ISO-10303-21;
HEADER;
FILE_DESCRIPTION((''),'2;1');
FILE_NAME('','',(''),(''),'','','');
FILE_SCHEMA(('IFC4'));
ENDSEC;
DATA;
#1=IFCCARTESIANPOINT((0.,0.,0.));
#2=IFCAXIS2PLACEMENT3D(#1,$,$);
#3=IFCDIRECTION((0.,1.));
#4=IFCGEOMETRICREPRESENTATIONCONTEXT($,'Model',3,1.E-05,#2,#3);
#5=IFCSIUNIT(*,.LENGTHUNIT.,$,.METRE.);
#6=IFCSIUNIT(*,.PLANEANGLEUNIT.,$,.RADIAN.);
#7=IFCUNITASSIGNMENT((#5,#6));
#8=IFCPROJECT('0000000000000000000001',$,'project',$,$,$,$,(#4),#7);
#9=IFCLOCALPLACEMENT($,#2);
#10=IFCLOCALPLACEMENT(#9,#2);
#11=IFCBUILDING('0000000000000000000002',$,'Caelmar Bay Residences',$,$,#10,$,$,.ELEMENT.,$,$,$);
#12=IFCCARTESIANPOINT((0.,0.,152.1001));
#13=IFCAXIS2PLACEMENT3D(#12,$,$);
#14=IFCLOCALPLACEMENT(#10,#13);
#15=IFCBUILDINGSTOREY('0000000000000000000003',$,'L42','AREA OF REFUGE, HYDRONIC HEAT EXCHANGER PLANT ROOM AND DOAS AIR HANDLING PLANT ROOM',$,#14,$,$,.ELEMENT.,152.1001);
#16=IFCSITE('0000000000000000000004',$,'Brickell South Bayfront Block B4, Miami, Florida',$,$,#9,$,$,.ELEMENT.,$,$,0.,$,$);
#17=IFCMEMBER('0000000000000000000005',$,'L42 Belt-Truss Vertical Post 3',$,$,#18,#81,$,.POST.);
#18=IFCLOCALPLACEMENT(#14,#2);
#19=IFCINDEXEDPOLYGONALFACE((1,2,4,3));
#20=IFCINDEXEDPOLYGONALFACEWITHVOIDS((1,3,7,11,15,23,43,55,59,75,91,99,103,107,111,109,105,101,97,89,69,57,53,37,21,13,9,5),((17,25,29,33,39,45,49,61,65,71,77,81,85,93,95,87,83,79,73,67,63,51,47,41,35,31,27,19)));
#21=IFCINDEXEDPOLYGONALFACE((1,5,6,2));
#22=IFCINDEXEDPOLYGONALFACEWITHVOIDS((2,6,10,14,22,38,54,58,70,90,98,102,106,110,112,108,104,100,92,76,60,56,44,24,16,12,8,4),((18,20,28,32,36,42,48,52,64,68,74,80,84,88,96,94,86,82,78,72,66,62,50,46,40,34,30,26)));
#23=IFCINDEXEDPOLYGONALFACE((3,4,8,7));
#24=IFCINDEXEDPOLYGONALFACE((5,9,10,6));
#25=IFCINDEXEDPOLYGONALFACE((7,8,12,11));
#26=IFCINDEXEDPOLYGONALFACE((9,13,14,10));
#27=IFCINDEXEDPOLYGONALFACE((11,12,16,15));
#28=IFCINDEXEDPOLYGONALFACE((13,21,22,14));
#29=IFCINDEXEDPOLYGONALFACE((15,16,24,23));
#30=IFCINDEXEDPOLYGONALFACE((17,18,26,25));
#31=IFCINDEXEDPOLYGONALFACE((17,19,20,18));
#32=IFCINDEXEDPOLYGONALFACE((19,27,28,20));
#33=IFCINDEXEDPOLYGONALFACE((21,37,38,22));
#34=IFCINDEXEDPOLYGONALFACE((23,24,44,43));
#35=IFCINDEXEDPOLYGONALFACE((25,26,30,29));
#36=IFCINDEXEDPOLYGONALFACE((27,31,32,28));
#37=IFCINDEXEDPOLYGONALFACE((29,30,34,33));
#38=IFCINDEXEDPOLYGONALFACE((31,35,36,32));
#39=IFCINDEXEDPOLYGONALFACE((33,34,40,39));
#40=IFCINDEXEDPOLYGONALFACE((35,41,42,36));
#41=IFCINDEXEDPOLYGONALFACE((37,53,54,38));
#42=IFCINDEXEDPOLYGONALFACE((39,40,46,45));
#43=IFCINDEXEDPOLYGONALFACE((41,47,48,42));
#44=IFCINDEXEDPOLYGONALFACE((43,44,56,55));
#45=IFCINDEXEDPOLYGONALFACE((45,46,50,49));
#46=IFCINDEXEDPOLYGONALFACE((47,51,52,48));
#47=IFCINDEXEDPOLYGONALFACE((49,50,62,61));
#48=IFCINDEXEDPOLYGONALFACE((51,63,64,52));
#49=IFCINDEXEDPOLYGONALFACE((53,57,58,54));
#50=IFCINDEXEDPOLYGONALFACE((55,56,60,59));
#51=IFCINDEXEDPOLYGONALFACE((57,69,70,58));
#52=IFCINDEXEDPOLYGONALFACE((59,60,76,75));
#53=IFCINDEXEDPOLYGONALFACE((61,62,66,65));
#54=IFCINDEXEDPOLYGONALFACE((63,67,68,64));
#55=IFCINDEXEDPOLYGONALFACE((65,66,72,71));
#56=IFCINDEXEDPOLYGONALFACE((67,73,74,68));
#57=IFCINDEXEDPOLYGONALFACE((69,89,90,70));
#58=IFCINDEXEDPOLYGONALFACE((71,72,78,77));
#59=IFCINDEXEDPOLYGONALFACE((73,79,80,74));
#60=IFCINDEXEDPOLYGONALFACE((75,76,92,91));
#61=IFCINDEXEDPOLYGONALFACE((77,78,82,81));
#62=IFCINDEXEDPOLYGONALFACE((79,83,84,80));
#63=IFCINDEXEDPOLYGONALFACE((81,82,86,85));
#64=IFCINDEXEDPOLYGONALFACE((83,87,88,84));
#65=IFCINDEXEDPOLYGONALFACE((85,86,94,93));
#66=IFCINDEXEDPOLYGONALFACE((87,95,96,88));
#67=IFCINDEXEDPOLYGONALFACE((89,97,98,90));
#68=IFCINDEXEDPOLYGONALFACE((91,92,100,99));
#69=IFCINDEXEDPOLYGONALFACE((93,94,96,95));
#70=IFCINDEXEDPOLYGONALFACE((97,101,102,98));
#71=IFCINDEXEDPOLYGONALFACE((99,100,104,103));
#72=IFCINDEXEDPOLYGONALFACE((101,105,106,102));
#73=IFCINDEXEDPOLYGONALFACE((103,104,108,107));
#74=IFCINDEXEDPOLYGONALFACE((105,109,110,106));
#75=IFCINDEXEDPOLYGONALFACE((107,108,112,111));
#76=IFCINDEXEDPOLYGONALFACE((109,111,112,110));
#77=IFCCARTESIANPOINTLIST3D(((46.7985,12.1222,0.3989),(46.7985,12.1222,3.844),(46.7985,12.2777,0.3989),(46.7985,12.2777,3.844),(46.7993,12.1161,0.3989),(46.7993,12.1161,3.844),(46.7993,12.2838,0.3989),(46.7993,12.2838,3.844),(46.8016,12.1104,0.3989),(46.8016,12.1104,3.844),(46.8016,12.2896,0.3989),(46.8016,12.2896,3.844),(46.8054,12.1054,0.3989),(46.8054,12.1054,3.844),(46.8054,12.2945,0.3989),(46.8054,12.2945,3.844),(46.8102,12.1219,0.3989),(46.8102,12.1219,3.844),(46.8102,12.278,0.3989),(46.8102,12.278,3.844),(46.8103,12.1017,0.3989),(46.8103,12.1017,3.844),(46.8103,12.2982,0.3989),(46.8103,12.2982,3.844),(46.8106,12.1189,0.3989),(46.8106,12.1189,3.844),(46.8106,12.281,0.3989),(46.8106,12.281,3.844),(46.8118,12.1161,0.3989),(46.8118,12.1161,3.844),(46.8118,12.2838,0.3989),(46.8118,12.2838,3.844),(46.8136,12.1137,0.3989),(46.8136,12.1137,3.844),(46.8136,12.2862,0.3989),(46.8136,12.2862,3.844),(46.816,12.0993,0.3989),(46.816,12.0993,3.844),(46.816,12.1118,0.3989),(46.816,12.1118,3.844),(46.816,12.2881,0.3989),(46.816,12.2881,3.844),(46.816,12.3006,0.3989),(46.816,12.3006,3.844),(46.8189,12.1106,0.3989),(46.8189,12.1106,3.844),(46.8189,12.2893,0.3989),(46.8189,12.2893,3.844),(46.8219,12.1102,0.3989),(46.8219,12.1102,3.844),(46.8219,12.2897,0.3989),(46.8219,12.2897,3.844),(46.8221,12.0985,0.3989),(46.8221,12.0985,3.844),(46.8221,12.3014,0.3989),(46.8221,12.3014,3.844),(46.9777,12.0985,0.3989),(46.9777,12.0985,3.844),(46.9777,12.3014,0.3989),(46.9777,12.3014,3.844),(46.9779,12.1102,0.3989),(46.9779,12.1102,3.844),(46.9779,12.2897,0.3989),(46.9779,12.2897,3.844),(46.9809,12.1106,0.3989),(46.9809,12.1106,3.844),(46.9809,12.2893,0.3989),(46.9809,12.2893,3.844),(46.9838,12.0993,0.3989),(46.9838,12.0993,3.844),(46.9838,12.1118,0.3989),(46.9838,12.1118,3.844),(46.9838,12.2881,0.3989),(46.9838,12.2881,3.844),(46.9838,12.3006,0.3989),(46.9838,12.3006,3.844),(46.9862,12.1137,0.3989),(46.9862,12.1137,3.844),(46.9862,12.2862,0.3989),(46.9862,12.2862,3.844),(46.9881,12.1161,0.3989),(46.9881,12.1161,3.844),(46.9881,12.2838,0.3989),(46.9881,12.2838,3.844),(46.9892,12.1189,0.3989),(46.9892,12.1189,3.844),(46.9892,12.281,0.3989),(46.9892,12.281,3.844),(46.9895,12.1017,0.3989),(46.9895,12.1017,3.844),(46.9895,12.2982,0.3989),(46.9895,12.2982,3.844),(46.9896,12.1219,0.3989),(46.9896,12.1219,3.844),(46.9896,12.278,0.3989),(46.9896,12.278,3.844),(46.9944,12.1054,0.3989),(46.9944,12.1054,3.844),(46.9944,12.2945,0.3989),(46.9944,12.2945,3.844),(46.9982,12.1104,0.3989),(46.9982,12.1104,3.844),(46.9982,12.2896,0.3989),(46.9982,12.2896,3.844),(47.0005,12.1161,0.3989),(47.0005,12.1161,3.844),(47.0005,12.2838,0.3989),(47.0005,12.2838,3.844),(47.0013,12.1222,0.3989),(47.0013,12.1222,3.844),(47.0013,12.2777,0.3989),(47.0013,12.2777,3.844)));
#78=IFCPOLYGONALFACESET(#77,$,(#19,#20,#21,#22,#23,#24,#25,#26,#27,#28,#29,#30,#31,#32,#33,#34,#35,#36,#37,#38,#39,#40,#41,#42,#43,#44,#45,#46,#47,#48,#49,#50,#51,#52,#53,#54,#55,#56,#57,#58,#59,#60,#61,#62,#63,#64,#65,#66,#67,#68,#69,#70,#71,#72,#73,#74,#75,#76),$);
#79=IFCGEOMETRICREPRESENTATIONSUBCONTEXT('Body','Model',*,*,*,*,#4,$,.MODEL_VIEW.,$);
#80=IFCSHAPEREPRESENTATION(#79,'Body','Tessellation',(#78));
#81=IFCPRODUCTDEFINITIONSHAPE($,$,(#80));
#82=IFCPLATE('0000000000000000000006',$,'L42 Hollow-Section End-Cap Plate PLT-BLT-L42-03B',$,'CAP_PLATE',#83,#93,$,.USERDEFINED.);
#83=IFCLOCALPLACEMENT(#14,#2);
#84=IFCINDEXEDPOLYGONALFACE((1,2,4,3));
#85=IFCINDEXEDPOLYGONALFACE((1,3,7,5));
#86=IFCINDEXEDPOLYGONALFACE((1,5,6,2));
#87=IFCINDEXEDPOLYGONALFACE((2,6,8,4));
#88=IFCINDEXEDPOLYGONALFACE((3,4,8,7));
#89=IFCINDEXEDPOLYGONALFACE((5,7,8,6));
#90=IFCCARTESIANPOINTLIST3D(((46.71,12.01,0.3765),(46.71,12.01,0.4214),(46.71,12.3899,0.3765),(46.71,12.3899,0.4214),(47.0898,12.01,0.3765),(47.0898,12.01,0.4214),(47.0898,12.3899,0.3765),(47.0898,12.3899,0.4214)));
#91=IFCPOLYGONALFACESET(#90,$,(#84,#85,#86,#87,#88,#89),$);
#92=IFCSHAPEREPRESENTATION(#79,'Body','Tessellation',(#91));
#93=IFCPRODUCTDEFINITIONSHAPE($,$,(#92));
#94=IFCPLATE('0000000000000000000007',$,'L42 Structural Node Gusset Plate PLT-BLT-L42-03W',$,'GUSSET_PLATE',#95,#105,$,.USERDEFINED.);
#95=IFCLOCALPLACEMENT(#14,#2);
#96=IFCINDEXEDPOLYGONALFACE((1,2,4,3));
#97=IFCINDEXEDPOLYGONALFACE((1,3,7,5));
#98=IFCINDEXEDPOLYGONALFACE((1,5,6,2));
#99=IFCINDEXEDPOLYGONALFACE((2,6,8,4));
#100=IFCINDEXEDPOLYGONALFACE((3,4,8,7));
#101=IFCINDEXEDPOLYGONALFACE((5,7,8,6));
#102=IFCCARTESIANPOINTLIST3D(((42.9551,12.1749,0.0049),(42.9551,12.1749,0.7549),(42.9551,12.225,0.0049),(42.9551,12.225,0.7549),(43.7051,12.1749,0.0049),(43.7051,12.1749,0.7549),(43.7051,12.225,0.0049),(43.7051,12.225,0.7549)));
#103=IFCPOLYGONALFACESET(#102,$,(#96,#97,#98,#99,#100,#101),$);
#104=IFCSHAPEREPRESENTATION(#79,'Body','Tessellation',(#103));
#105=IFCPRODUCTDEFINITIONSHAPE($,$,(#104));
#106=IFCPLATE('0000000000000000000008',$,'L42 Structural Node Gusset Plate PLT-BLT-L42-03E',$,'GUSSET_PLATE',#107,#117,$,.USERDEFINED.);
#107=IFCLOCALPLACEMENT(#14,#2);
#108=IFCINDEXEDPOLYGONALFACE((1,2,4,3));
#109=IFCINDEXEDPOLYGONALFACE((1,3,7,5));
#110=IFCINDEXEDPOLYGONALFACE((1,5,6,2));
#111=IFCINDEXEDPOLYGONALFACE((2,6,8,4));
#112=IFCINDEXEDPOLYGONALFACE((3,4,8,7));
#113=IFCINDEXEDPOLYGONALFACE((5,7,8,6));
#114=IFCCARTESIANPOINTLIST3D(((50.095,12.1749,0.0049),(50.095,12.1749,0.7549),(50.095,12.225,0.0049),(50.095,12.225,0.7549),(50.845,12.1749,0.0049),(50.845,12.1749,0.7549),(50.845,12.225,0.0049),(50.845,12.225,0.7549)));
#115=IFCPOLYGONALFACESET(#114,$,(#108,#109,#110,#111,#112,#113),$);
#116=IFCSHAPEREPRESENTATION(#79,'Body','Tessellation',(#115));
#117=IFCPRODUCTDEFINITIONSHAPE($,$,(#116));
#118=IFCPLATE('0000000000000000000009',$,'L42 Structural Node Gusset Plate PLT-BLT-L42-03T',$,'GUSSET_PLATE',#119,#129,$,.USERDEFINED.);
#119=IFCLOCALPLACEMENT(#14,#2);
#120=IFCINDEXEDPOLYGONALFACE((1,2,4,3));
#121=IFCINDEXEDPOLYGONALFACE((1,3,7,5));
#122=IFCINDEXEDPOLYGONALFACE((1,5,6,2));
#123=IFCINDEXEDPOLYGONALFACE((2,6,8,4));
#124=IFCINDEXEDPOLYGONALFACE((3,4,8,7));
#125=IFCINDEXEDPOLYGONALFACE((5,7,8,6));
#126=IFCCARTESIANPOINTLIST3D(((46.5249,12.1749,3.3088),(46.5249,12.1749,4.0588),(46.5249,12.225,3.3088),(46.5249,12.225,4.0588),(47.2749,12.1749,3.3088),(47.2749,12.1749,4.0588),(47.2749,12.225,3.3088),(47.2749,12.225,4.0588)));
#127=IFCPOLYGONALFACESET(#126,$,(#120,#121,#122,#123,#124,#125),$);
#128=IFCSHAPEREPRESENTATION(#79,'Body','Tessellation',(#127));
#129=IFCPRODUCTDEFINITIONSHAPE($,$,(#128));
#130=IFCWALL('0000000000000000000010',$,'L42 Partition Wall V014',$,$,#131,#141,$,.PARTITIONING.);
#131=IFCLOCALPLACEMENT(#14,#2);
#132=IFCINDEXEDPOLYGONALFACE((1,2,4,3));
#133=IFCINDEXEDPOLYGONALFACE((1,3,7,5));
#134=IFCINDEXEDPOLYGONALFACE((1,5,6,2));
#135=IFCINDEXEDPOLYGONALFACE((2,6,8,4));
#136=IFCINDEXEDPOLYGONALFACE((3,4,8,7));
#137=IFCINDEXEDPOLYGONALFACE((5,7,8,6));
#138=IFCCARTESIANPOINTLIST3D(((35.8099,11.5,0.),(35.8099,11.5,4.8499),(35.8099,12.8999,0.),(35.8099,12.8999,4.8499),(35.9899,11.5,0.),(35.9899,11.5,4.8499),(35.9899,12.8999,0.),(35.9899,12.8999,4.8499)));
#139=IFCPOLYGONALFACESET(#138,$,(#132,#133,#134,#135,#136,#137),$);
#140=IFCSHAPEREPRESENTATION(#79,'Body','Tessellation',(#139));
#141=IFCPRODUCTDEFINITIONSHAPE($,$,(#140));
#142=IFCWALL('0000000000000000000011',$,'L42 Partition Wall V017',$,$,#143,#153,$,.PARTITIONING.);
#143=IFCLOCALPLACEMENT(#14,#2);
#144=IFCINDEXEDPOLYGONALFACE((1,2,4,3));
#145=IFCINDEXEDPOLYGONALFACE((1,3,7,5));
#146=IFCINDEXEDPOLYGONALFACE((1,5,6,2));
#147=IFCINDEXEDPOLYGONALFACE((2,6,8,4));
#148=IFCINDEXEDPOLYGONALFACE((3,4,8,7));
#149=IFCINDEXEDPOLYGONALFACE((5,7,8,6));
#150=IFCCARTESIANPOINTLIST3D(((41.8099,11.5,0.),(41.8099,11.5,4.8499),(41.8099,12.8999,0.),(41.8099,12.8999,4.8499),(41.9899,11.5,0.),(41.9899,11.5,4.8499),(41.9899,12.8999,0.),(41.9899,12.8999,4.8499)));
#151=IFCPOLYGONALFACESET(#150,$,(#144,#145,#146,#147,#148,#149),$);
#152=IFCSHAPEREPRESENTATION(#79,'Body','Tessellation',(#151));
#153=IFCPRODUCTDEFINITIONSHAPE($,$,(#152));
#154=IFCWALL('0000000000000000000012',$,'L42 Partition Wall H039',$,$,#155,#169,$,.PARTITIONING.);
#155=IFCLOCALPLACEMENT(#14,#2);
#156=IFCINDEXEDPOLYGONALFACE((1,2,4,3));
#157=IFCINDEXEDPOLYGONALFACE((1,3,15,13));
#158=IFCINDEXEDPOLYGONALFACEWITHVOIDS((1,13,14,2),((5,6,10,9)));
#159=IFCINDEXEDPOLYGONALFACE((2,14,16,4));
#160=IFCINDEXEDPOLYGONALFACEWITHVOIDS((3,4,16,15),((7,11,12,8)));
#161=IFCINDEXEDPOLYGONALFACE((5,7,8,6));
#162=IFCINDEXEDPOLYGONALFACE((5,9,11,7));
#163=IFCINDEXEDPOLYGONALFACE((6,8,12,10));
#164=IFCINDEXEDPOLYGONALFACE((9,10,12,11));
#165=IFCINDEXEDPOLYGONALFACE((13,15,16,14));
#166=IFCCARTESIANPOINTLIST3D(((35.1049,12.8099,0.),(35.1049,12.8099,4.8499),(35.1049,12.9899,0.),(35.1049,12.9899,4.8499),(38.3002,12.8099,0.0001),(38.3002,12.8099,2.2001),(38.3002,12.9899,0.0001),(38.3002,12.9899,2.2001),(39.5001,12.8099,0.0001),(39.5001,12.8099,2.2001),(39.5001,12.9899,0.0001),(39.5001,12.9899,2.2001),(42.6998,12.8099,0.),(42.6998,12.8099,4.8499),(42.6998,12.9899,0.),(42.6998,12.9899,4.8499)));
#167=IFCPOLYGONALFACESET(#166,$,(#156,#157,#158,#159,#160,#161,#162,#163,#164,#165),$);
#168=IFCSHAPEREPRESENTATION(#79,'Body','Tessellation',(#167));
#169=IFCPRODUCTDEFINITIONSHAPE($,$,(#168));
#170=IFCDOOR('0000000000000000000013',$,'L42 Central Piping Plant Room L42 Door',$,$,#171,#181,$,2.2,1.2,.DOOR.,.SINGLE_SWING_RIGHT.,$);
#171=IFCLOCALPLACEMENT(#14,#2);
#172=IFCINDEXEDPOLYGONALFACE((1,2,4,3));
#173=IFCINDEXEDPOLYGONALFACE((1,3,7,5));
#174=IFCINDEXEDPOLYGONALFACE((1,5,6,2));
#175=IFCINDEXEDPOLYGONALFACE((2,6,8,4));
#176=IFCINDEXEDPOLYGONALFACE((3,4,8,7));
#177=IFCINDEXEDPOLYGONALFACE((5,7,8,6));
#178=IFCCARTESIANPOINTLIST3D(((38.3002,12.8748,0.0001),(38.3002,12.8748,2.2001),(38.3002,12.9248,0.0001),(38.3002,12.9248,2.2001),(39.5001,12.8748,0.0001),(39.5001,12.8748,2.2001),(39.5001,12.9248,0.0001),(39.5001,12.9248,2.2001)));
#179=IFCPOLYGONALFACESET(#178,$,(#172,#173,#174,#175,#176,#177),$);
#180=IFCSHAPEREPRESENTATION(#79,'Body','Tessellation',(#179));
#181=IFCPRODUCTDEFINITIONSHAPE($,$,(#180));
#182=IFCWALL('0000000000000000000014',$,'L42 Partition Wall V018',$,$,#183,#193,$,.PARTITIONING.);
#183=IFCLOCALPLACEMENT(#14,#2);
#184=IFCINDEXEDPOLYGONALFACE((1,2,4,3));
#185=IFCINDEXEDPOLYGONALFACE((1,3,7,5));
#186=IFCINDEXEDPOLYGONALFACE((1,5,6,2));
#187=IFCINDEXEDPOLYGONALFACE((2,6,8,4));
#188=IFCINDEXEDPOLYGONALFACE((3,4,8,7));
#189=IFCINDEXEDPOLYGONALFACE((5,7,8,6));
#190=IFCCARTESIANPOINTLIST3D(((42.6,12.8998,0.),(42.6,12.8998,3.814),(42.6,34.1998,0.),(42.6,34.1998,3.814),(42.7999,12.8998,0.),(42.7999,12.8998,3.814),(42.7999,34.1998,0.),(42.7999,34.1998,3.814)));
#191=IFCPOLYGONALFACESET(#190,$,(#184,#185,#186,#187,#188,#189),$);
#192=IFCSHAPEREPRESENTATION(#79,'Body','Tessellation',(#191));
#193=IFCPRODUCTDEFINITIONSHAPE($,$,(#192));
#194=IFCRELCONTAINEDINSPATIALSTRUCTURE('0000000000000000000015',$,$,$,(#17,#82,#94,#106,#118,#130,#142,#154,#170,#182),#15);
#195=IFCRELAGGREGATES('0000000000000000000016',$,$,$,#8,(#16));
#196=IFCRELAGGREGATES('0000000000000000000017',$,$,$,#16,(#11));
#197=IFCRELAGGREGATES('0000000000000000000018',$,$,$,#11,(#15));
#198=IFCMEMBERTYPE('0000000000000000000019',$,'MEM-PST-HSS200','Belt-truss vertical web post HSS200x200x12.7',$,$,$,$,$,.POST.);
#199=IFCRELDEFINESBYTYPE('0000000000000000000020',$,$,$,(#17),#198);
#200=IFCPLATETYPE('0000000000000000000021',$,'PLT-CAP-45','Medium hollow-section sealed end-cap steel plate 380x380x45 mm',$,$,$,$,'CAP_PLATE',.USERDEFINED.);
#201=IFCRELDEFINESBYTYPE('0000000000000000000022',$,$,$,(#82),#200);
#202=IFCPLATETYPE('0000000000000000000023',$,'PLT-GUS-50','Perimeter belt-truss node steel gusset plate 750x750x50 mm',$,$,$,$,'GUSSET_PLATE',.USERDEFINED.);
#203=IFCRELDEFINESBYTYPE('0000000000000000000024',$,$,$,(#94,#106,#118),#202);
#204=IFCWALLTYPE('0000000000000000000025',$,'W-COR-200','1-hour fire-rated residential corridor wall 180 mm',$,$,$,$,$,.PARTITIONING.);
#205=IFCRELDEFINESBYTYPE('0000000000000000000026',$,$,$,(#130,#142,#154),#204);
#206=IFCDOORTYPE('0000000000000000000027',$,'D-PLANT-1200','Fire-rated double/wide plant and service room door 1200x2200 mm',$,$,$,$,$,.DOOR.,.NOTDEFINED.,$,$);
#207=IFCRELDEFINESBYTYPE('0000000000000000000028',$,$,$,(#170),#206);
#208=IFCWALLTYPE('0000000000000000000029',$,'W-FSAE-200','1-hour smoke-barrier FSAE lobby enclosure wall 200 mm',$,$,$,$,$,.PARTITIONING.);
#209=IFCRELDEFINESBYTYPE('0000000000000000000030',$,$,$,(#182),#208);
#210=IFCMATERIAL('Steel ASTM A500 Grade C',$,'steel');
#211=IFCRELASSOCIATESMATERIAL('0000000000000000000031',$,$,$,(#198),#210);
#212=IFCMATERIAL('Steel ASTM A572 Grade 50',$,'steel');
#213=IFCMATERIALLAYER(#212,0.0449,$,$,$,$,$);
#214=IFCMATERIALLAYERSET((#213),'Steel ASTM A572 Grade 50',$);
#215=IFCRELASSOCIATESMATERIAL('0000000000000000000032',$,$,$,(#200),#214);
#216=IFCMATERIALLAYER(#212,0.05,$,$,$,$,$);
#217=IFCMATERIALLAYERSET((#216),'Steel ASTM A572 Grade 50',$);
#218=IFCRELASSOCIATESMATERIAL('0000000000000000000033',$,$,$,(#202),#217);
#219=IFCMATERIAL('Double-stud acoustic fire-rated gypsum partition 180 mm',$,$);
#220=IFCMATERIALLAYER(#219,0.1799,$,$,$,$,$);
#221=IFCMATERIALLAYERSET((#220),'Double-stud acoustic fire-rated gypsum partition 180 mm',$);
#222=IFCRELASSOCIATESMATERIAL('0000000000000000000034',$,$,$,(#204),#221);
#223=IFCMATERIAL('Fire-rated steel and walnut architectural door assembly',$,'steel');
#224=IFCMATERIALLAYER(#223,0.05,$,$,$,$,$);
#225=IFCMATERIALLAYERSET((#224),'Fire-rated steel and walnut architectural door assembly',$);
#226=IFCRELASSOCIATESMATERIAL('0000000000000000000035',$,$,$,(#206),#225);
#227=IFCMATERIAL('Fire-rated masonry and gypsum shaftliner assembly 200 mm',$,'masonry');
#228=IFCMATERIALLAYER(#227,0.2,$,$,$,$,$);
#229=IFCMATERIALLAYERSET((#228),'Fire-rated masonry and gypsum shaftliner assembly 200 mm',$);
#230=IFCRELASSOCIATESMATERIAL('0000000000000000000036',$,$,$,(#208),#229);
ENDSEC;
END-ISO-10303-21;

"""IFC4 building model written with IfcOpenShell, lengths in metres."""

from ifc_helpers import new_model, si_unit, direction, frame, frame_2d, origin, origin_2d, place, context, subcontext, project, spatial, rectangle, hollow_rectangle, extrude, material, layer, layer_set, material_profile, profile_set, type_object, element, fill, save


model = new_model("IFC4")

# Units and contexts
model_context = context("Model", 3, precision=1e-05, world=origin(), true_north=direction((0.0, 1.0)))
body_context = subcontext(model_context, "Body", "Model", "MODEL_VIEW")
ifc_project = project(units=[si_unit("LENGTHUNIT", "METRE"), si_unit("PLANEANGLEUNIT", "RADIAN")], contexts=[model_context])

# Site, building, storey
site_placement = place(None, origin())
site = spatial("IfcSite", under=ifc_project, at=site_placement, Name="Brickell South Bayfront Block B4, Miami, Florida", CompositionType="ELEMENT", RefElevation=0.0)
building_placement = place(site_placement, origin())
building = spatial("IfcBuilding", under=site, at=building_placement, Name="Caelmar Bay Residences", CompositionType="ELEMENT")
storey_placement = place(building_placement, frame((0.0, 0.0, 152.1001)))
storey = spatial("IfcBuildingStorey", under=building, at=storey_placement, Name="L42", Description="AREA OF REFUGE, HYDRONIC HEAT EXCHANGER PLANT ROOM AND DOAS AIR HANDLING PLANT ROOM", CompositionType="ELEMENT", Elevation=152.1001)

# Member
ifc_material_1 = material(Name="Steel ASTM A500 Grade C", Category="steel")
ifc_material_profile_1 = material_profile(ifc_material_1, hollow_rectangle(XDim=0.2029, YDim=0.2029, WallThickness=0.0117, InnerFilletRadius=0.0117, OuterFilletRadius=0.0237, at=origin_2d()), Name="HSS200X200X12.7")
ifc_profile_set_1 = profile_set([ifc_material_profile_1], Name="Steel ASTM A500 Grade C")
member_type_1 = type_object("IfcMemberType", Name="MEM-PST-HSS200", Description="Belt-truss vertical web post HSS200x200x12.7", PredefinedType="POST", material=ifc_profile_set_1)
member_placement = place(storey_placement, frame((46.8999, 12.2, 0.3989), z_axis=(0.0, 0.0, 1.0), x_axis=(1.0, 0.0, 0.0)))
element("IfcMember", 1, at=member_placement, inside=storey, type_object=member_type_1, Name="L42 Belt-Truss Vertical Post 3", PredefinedType="POST", context=body_context, shape_type="SweptSolid", body=[
    extrude(hollow_rectangle(XDim=0.2029, YDim=0.2029, WallThickness=0.0117, InnerFilletRadius=0.0117, OuterFilletRadius=0.0237, at=origin_2d()), origin(), (0.0, 0.0, 1.0), 3.4451),
])

# Plates
ifc_material_2 = material(Name="Steel ASTM A572 Grade 50", Category="steel")
ifc_layer_1 = layer(ifc_material_2, 0.0449)
ifc_layer_set_1 = layer_set([ifc_layer_1], Name="Steel ASTM A572 Grade 50")
plate_type_1 = type_object("IfcPlateType", Name="PLT-CAP-45", Description="Medium hollow-section sealed end-cap steel plate 380x380x45 mm", ElementType="CAP_PLATE", PredefinedType="USERDEFINED", material=ifc_layer_set_1)
plate_placement = place(storey_placement, frame((46.8999, 12.2, 0.3765), z_axis=(0.0, 0.0, 1.0), x_axis=(1.0, 0.0, 0.0)))
element("IfcPlate", 2, at=plate_placement, inside=storey, type_object=plate_type_1, Name="L42 Hollow-Section End-Cap Plate PLT-BLT-L42-03B", ObjectType="CAP_PLATE", PredefinedType="USERDEFINED", context=body_context, shape_type="SweptSolid", body=[
    extrude(rectangle(XDim=0.3799, YDim=0.3799, at=origin_2d()), origin(), (0.0, 0.0, 1.0), 0.0449),
])
ifc_layer_2 = layer(ifc_material_2, 0.05)
ifc_layer_set_2 = layer_set([ifc_layer_2], Name="Steel ASTM A572 Grade 50")
plate_type_2 = type_object("IfcPlateType", Name="PLT-GUS-50", Description="Perimeter belt-truss node steel gusset plate 750x750x50 mm", ElementType="GUSSET_PLATE", PredefinedType="USERDEFINED", material=ifc_layer_set_2)
for number, where, z_axis, x_axis, name in (
    (3, (43.3301, 12.2, 0.0049), (0.0, 0.0, 1.0), (1.0, 0.0, 0.0), "L42 Structural Node Gusset Plate PLT-BLT-L42-03W"),
    (4, (50.47, 12.2, 0.0049), (0.0, 0.0, 1.0), (1.0, 0.0, 0.0), "L42 Structural Node Gusset Plate PLT-BLT-L42-03E"),
    (5, (46.8999, 12.2, 3.3088), (0.0, 0.0, 1.0), (1.0, 0.0, 0.0), "L42 Structural Node Gusset Plate PLT-BLT-L42-03T"),
):
    element("IfcPlate", number, at=place(storey_placement, frame(where, z_axis=z_axis, x_axis=x_axis)), inside=storey, type_object=plate_type_2, Name=name, ObjectType="GUSSET_PLATE", PredefinedType="USERDEFINED", context=body_context, shape_type="SweptSolid", body=[
        extrude(rectangle(XDim=0.75, YDim=0.05, at=origin_2d()), origin(), (0.0, 0.0, 1.0), 0.75),
    ])

# Walls
ifc_material_3 = material(Name="Double-stud acoustic fire-rated gypsum partition 180 mm")
ifc_layer_3 = layer(ifc_material_3, 0.1799)
ifc_layer_set_3 = layer_set([ifc_layer_3], Name="Double-stud acoustic fire-rated gypsum partition 180 mm")
wall_type_1 = type_object("IfcWallType", Name="W-COR-200", Description="1-hour fire-rated residential corridor wall 180 mm", PredefinedType="PARTITIONING", material=ifc_layer_set_3)
for number, where, z_axis, x_axis, name in (
    (6, (35.8999, 11.5, 0.0), (0.0, 0.0, 1.0), (0.0, 1.0, 0.0), "L42 Partition Wall V014"),
    (7, (41.8999, 11.5, 0.0), (0.0, 0.0, 1.0), (0.0, 1.0, 0.0), "L42 Partition Wall V017"),
):
    element("IfcWall", number, at=place(storey_placement, frame(where, z_axis=z_axis, x_axis=x_axis)), inside=storey, type_object=wall_type_1, Name=name, PredefinedType="PARTITIONING", context=body_context, shape_type="SweptSolid", body=[
        extrude(rectangle(XDim=1.3999, YDim=0.1799, at=frame_2d((0.7, 0.0))), origin(), (0.0, 0.0, 1.0), 4.8499),
    ])

# Wall, opening, door
wall_1_placement = place(storey_placement, frame((35.105, 12.8999, 0.0), z_axis=(0.0, 0.0, 1.0), x_axis=(1.0, 0.0, 0.0)))
wall_1 = element("IfcWall", 8, at=wall_1_placement, inside=storey, type_object=wall_type_1, Name="L42 Partition Wall H039", PredefinedType="PARTITIONING", context=body_context, shape_type="SweptSolid", body=[
    extrude(rectangle(XDim=7.595, YDim=0.1799, at=frame_2d((3.7974, 0.0))), origin(), (0.0, 0.0, 1.0), 4.8499),
])
opening_placement = place(wall_1_placement, frame((3.1951, 0.0, 0.0)))
opening = element("IfcOpeningElement", 9, at=opening_placement, cuts=wall_1, PredefinedType="OPENING", context=body_context, shape_type="SweptSolid", body=[
    extrude(rectangle(XDim=1.2, YDim=2.2, at=frame_2d((0.6001, 1.1001))), frame((0.0, 0.0999, 0.0), z_axis=(0.0, -1.0, 0.0), x_axis=(1.0, 0.0, 0.0)), (0.0, 0.0, 1.0), 0.2),
])
ifc_material_4 = material(Name="Fire-rated steel and walnut architectural door assembly", Category="steel")
ifc_layer_4 = layer(ifc_material_4, 0.05)
ifc_layer_set_4 = layer_set([ifc_layer_4], Name="Fire-rated steel and walnut architectural door assembly")
door_type = type_object("IfcDoorType", Name="D-PLANT-1200", Description="Fire-rated double/wide plant and service room door 1200x2200 mm", OperationType="NOTDEFINED", PredefinedType="DOOR", material=ifc_layer_set_4)
door_placement = place(opening_placement, origin())
door = element("IfcDoor", 10, at=door_placement, inside=storey, type_object=door_type, Name="L42 Central Piping Plant Room L42 Door", OperationType="SINGLE_SWING_RIGHT", OverallHeight=2.2, OverallWidth=1.2, PredefinedType="DOOR", context=body_context, shape_type="SweptSolid", body=[
    extrude(rectangle(XDim=1.2, YDim=2.2, at=frame_2d((0.6001, 1.1001))), frame((0.0, 0.0249, 0.0), z_axis=(0.0, -1.0, 0.0), x_axis=(1.0, 0.0, 0.0)), (0.0, 0.0, 1.0), 0.05),
])
fill(opening, door)

# Wall
ifc_material_5 = material(Name="Fire-rated masonry and gypsum shaftliner assembly 200 mm", Category="masonry")
ifc_layer_5 = layer(ifc_material_5, 0.2)
ifc_layer_set_5 = layer_set([ifc_layer_5], Name="Fire-rated masonry and gypsum shaftliner assembly 200 mm")
wall_type_2 = type_object("IfcWallType", Name="W-FSAE-200", Description="1-hour smoke-barrier FSAE lobby enclosure wall 200 mm", PredefinedType="PARTITIONING", material=ifc_layer_set_5)
wall_2_placement = place(storey_placement, frame((42.7, 12.8999, 0.0), z_axis=(0.0, 0.0, 1.0), x_axis=(0.0, 1.0, 0.0)))
element("IfcWall", 11, at=wall_2_placement, inside=storey, type_object=wall_type_2, Name="L42 Partition Wall V018", PredefinedType="PARTITIONING", context=body_context, shape_type="SweptSolid", body=[
    extrude(rectangle(XDim=21.3, YDim=0.2, at=frame_2d((10.6499, 0.0))), origin(), (0.0, 0.0, 1.0), 3.814),
])

save(model, "model.ifc")
